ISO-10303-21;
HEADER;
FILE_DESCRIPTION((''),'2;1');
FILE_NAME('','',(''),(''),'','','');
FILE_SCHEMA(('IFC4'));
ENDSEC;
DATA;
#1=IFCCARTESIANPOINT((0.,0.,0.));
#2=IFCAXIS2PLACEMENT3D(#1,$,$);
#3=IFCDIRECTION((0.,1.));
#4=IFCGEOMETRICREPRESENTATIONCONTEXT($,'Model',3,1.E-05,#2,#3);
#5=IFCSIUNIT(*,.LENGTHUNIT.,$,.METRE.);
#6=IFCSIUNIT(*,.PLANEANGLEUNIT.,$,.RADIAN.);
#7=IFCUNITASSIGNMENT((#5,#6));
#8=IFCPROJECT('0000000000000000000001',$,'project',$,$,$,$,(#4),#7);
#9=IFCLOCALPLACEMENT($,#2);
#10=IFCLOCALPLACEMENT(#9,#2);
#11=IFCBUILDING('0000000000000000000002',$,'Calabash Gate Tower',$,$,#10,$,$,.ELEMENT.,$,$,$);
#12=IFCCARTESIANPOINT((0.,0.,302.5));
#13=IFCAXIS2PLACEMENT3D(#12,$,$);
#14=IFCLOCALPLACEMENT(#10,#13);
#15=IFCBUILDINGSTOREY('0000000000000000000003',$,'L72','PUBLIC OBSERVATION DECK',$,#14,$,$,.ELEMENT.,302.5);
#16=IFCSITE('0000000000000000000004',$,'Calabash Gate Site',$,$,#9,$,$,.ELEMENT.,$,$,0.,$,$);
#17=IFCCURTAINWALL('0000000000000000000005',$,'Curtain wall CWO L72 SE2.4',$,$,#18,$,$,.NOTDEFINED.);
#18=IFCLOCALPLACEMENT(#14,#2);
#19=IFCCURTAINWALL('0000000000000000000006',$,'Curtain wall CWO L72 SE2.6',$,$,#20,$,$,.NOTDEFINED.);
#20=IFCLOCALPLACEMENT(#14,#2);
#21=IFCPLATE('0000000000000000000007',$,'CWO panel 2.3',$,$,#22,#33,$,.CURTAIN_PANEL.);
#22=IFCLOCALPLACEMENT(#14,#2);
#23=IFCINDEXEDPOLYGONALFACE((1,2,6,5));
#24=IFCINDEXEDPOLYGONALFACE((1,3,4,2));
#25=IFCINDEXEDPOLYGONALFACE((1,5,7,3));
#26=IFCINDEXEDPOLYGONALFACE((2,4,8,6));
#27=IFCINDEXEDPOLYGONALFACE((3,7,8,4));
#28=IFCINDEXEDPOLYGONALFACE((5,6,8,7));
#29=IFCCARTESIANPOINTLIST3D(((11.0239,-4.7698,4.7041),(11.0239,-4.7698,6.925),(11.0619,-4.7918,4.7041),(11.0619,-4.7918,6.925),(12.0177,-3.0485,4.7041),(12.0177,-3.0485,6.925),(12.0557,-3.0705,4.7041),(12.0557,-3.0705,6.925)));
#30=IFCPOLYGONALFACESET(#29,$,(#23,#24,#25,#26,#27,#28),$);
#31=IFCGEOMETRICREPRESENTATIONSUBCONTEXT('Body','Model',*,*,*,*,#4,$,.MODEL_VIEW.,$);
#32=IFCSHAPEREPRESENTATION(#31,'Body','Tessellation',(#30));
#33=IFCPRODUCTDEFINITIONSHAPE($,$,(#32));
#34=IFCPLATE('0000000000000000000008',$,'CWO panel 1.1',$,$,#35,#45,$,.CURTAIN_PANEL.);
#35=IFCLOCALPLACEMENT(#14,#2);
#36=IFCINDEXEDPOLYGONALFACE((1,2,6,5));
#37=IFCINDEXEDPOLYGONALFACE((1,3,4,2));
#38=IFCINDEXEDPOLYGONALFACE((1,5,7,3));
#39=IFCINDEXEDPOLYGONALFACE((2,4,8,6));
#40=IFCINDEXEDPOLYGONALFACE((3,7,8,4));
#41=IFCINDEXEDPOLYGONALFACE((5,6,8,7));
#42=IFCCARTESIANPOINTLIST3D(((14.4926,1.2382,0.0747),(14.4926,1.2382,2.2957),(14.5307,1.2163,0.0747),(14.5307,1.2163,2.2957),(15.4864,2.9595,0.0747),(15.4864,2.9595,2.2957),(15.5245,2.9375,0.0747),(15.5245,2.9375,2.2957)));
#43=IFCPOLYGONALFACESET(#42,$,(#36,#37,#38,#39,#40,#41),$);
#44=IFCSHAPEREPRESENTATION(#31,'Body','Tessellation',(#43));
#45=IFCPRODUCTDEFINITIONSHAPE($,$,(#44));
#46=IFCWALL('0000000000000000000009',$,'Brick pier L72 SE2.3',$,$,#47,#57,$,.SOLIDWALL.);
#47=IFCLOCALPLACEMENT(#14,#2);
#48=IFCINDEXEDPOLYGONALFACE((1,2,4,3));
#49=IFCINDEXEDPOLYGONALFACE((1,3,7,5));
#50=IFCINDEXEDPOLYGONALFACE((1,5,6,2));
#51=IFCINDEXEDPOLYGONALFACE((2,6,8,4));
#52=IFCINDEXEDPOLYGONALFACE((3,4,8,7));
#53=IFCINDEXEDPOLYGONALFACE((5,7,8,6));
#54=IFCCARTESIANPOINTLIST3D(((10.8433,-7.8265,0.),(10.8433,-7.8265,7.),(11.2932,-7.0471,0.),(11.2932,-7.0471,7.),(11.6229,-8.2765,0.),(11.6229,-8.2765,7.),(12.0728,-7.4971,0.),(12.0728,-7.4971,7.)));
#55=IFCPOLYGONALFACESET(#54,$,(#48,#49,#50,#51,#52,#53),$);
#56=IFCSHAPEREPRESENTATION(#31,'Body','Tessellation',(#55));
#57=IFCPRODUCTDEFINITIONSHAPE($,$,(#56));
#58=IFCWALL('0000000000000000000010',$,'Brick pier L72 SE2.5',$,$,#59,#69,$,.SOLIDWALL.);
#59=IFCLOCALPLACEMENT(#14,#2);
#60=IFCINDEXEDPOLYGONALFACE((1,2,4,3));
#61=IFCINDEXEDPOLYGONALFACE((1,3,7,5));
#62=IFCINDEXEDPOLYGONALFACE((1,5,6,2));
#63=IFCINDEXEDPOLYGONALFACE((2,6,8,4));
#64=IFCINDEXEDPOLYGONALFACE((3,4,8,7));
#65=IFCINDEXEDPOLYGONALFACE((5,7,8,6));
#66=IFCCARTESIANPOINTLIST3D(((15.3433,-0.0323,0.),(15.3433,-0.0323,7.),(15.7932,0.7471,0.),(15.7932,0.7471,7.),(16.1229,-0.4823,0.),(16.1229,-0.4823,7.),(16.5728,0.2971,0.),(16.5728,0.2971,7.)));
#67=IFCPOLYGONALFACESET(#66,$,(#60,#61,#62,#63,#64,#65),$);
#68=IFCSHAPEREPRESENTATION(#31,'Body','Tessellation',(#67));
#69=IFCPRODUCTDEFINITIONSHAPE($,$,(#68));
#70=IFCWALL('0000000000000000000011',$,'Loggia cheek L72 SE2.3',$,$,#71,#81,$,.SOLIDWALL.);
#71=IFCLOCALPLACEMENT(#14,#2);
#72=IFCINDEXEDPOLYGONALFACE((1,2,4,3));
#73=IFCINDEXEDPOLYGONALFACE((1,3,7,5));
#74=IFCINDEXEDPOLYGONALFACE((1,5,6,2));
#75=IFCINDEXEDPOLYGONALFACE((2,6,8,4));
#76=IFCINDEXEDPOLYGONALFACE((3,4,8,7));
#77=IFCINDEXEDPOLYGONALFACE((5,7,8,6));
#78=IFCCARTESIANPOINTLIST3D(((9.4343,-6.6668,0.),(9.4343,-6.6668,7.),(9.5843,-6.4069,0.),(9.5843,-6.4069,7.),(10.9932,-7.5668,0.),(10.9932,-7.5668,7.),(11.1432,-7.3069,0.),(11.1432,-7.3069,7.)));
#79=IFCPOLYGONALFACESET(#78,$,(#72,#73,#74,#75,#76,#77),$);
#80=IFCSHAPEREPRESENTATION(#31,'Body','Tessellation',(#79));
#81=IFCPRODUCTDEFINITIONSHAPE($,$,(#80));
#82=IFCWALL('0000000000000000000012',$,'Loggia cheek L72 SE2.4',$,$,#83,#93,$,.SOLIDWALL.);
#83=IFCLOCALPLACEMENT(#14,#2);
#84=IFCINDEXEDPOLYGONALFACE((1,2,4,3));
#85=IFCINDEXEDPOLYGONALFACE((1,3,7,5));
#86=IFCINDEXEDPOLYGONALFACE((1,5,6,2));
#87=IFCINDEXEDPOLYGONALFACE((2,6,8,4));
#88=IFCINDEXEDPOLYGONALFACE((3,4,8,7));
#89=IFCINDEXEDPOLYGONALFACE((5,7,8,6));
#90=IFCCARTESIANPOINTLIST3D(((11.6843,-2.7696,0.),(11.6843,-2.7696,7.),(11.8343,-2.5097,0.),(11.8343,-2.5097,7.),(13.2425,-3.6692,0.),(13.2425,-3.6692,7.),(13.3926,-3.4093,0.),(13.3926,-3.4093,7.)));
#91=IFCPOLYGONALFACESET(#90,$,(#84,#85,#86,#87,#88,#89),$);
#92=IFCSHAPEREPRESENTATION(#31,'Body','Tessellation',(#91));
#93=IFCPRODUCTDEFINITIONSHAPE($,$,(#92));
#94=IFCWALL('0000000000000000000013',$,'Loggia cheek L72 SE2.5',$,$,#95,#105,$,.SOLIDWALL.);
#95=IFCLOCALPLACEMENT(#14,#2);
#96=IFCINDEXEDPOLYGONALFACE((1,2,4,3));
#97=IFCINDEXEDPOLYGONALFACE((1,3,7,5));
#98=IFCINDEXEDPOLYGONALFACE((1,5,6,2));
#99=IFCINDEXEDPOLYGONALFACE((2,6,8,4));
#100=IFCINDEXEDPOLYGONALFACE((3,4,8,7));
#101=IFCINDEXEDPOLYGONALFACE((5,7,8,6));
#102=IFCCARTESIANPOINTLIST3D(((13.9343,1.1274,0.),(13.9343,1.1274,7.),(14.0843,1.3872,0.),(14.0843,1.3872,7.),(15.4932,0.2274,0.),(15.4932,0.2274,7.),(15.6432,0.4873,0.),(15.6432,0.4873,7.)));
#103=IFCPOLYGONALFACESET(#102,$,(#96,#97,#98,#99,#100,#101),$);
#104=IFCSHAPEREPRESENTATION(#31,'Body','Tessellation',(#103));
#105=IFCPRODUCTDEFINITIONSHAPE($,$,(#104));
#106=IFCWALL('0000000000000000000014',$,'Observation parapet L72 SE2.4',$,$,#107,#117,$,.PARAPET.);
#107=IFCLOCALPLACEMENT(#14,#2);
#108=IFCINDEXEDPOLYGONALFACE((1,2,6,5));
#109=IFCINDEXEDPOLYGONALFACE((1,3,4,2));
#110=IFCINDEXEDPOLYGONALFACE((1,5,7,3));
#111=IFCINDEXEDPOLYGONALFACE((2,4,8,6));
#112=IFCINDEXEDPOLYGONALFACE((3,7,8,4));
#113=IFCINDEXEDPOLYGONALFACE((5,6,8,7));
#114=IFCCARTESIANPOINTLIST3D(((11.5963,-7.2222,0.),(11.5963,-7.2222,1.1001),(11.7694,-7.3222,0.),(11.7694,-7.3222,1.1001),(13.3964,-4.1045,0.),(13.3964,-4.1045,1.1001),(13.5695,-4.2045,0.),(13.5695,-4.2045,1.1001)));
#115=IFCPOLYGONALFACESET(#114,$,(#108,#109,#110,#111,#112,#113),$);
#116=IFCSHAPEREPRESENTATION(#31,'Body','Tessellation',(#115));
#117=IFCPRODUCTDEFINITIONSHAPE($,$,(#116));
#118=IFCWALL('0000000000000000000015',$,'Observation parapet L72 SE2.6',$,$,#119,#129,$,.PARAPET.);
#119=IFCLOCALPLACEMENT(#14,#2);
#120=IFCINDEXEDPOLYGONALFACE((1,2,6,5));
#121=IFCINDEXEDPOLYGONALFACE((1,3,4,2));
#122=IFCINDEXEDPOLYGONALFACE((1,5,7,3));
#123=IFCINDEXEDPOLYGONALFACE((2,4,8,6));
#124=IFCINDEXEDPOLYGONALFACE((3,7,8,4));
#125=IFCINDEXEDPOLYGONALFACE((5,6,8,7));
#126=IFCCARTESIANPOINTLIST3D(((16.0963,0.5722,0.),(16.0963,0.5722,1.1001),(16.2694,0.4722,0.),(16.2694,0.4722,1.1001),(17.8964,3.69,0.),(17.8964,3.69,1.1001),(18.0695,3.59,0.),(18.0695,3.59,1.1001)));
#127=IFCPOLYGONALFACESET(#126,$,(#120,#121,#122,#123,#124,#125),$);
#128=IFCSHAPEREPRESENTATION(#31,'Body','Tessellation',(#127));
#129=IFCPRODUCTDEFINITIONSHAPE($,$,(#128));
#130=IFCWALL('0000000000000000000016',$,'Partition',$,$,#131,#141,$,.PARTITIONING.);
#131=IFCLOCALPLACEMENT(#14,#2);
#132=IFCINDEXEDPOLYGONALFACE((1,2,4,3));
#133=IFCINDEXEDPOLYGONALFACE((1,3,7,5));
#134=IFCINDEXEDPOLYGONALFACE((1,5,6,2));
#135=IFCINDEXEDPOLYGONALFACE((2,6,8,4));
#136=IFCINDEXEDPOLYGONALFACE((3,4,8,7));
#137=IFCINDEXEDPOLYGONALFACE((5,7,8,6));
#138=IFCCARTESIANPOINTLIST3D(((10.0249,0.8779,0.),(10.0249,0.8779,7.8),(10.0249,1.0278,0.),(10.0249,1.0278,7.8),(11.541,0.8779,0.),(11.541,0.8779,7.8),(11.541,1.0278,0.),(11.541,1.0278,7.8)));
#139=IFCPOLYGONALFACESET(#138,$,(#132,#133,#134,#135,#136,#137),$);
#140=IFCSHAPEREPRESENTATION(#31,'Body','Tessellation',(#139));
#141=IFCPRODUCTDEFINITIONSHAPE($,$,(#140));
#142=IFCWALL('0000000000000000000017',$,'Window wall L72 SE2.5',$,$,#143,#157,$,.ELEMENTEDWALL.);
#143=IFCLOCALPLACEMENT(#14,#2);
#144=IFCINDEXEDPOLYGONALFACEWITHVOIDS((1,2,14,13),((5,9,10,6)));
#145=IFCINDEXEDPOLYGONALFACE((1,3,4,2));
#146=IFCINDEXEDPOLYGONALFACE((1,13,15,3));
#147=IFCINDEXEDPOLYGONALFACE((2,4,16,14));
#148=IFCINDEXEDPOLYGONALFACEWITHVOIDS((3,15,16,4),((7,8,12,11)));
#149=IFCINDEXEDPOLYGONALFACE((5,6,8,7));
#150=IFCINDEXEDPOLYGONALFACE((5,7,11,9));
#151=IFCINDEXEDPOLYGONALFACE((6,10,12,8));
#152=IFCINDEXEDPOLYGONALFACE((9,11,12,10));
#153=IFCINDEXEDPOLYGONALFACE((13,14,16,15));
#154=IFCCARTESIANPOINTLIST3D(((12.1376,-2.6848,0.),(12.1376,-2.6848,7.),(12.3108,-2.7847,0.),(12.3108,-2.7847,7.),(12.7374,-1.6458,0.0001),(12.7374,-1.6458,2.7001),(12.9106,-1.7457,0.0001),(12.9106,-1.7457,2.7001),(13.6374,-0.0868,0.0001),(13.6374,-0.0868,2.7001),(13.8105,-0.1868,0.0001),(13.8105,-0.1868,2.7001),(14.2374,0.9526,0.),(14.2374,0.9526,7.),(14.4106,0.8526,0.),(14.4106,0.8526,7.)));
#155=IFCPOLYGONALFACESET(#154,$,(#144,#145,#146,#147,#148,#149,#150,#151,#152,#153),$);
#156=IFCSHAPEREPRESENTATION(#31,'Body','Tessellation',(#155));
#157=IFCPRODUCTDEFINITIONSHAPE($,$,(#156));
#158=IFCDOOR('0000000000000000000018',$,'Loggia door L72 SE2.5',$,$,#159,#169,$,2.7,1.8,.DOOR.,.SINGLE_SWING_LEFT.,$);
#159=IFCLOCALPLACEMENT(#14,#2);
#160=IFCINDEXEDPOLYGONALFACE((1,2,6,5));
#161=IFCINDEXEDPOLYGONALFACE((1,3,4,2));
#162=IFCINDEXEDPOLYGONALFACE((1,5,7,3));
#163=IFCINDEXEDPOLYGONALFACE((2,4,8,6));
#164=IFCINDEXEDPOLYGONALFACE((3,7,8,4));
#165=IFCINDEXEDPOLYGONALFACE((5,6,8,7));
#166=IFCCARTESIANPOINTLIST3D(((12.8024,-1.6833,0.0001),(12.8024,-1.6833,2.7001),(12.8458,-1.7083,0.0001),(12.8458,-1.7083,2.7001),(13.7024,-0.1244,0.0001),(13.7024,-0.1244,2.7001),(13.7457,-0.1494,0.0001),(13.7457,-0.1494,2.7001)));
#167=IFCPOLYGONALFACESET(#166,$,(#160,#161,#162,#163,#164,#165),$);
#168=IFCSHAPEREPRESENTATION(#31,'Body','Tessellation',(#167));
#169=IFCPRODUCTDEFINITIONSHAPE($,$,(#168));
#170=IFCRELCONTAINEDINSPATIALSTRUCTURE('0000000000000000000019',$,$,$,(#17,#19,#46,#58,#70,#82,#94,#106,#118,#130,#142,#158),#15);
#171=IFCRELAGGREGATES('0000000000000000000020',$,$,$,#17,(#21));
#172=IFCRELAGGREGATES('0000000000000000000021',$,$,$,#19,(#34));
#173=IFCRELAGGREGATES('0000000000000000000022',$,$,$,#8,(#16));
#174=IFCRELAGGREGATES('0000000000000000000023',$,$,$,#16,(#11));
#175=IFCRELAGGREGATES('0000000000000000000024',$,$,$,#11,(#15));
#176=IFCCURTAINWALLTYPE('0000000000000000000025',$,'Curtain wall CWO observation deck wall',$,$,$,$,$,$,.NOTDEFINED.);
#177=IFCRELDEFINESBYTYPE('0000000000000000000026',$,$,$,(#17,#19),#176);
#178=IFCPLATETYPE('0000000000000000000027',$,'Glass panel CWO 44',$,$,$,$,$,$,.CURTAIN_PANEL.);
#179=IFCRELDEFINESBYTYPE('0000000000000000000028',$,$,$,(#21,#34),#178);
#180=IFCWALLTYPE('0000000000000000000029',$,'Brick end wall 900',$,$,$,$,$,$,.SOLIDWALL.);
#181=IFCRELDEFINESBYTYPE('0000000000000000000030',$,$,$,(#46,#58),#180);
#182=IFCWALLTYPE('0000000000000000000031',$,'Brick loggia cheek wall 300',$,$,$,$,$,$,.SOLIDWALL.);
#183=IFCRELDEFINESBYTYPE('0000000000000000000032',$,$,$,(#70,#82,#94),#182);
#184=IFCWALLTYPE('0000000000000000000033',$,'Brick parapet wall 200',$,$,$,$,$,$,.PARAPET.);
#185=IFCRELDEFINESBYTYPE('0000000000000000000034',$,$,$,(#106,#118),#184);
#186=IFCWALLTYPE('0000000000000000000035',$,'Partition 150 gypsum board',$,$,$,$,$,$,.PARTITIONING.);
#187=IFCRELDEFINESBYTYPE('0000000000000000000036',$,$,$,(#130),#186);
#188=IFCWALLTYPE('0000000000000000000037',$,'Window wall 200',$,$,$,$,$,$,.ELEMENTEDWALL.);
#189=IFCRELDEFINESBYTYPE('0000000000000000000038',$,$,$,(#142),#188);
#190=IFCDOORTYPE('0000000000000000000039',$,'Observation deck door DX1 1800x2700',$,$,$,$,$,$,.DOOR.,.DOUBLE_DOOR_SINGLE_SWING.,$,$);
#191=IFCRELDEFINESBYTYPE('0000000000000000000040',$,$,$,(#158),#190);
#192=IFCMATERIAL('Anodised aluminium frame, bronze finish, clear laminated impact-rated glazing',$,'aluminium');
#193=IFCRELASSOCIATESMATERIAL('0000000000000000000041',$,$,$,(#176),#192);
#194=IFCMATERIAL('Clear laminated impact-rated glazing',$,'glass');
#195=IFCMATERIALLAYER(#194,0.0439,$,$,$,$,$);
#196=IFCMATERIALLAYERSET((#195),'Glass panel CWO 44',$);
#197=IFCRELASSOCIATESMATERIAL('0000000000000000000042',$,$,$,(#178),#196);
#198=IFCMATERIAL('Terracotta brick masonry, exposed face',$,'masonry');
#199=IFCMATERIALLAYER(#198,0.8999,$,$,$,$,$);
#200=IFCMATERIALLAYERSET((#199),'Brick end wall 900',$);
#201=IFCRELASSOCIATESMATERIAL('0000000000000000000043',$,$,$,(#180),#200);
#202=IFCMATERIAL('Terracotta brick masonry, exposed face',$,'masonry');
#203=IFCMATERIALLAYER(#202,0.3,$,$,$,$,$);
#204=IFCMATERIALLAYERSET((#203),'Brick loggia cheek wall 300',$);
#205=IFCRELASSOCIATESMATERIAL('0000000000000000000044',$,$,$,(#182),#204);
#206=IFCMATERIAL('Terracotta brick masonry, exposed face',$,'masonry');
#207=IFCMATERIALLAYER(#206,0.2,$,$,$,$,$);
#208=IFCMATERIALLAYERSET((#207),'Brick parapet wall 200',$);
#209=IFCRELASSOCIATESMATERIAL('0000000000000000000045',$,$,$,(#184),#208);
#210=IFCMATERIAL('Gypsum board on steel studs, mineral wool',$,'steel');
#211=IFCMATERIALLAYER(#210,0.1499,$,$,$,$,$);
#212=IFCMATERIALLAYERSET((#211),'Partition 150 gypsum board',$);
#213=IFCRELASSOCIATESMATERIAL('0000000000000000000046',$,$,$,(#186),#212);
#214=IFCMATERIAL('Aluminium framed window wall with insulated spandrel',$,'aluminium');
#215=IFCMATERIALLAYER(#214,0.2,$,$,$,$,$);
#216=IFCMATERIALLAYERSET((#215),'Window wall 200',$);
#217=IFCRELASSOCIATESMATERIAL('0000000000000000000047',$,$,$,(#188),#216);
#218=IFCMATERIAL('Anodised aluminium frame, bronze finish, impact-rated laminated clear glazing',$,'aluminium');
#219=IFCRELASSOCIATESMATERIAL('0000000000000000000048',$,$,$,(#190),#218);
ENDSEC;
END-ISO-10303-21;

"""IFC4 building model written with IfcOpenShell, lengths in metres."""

from ifc_helpers import new_model, si_unit, direction, frame, frame_2d, origin, origin_2d, place, context, subcontext, project, spatial, rectangle, extrude, material, layer, layer_set, type_object, element, fill, aggregate, save


model = new_model("IFC4")

# Units and contexts
model_context = context("Model", 3, precision=1e-05, world=origin(), true_north=direction((0.0, 1.0)))
body_context = subcontext(model_context, "Body", "Model", "MODEL_VIEW")
ifc_project = project(units=[si_unit("LENGTHUNIT", "METRE"), si_unit("PLANEANGLEUNIT", "RADIAN")], contexts=[model_context])

# Site, building, storey
site_placement = place(None, origin())
site = spatial("IfcSite", under=ifc_project, at=site_placement, Name="Calabash Gate Site", CompositionType="ELEMENT", RefElevation=0.0)
building_placement = place(site_placement, origin())
building = spatial("IfcBuilding", under=site, at=building_placement, Name="Calabash Gate Tower", CompositionType="ELEMENT")
storey_placement = place(building_placement, frame((0.0, 0.0, 302.5)))
storey = spatial("IfcBuildingStorey", under=building, at=storey_placement, Name="L72", Description="PUBLIC OBSERVATION DECK", CompositionType="ELEMENT", Elevation=302.5)

# Shared definitions
ifc_material_1 = material(Name="Anodised aluminium frame, bronze finish, clear laminated impact-rated glazing", Category="aluminium")
curtain_wall_type = type_object("IfcCurtainWallType", Name="Curtain wall CWO observation deck wall", PredefinedType="NOTDEFINED", material=ifc_material_1)

# Curtain wall
curtain_wall_1_placement = place(storey_placement, origin())
curtain_wall_1 = element("IfcCurtainWall", 1, at=curtain_wall_1_placement, inside=storey, type_object=curtain_wall_type, Name="Curtain wall CWO L72 SE2.4", PredefinedType="NOTDEFINED")

# Curtain wall
curtain_wall_2_placement = place(storey_placement, origin())
curtain_wall_2 = element("IfcCurtainWall", 2, at=curtain_wall_2_placement, inside=storey, type_object=curtain_wall_type, Name="Curtain wall CWO L72 SE2.6", PredefinedType="NOTDEFINED")

# Plates
ifc_material_2 = material(Name="Clear laminated impact-rated glazing", Category="glass")
ifc_layer_1 = layer(ifc_material_2, 0.0439)
ifc_layer_set_1 = layer_set([ifc_layer_1], Name="Glass panel CWO 44")
plate_type = type_object("IfcPlateType", Name="Glass panel CWO 44", PredefinedType="CURTAIN_PANEL", material=ifc_layer_set_1)
plate_1_placement = place(storey_placement, frame((11.5398, -3.9202, 4.7041), z_axis=(0.0, 0.0, 1.0), x_axis=(0.5, 0.866025, 0.0)))
plate_1 = element("IfcPlate", 3, at=plate_1_placement, type_object=plate_type, Name="CWO panel 2.3", PredefinedType="CURTAIN_PANEL", context=body_context, shape_type="SweptSolid", body=[
    extrude(rectangle(XDim=1.9875, YDim=0.0439, at=origin_2d()), origin(), (0.0, 0.0, 1.0), 2.2209),
])
aggregate(curtain_wall_1, [plate_1])
plate_2_placement = place(storey_placement, frame((15.0085, 2.0879, 0.0747), z_axis=(0.0, 0.0, 1.0), x_axis=(0.5, 0.866025, 0.0)))
plate_2 = element("IfcPlate", 4, at=plate_2_placement, type_object=plate_type, Name="CWO panel 1.1", PredefinedType="CURTAIN_PANEL", context=body_context, shape_type="SweptSolid", body=[
    extrude(rectangle(XDim=1.9875, YDim=0.0439, at=origin_2d()), origin(), (0.0, 0.0, 1.0), 2.2209),
])
aggregate(curtain_wall_2, [plate_2])

# Walls
ifc_material_3 = material(Name="Terracotta brick masonry, exposed face", Category="masonry")
ifc_layer_2 = layer(ifc_material_3, 0.8999)
ifc_layer_set_2 = layer_set([ifc_layer_2], Name="Brick end wall 900")
wall_type_1 = type_object("IfcWallType", Name="Brick end wall 900", PredefinedType="SOLIDWALL", material=ifc_layer_set_2)
for number, where, z_axis, x_axis, name in (
    (5, (11.0681, -7.4368, 0.0), (0.0, 0.0, 1.0), (0.866082, -0.499902, 0.0), "Brick pier L72 SE2.3"),
    (6, (15.5681, 0.3574, 0.0), (0.0, 0.0, 1.0), (0.866082, -0.499902, 0.0), "Brick pier L72 SE2.5"),
):
    element("IfcWall", number, at=place(storey_placement, frame(where, z_axis=z_axis, x_axis=x_axis)), inside=storey, type_object=wall_type_1, Name=name, PredefinedType="SOLIDWALL", context=body_context, shape_type="SweptSolid", body=[
        extrude(rectangle(XDim=0.9001, YDim=0.8999, at=frame_2d((0.4502, 0.0))), origin(), (0.0, 0.0, 1.0), 7.0),
    ])
ifc_material_4 = material(Name="Terracotta brick masonry, exposed face", Category="masonry")
ifc_layer_3 = layer(ifc_material_4, 0.3)
ifc_layer_set_3 = layer_set([ifc_layer_3], Name="Brick loggia cheek wall 300")
wall_type_2 = type_object("IfcWallType", Name="Brick loggia cheek wall 300", PredefinedType="SOLIDWALL", material=ifc_layer_set_3)
wall_1_placement = place(storey_placement, frame((11.0681, -7.4368, 0.0), z_axis=(0.0, 0.0, 1.0), x_axis=(-0.866048, 0.499961, 0.0)))
element("IfcWall", 7, at=wall_1_placement, inside=storey, type_object=wall_type_2, Name="Loggia cheek L72 SE2.3", PredefinedType="SOLIDWALL", context=body_context, shape_type="SweptSolid", body=[
    extrude(rectangle(XDim=1.8, YDim=0.3, at=frame_2d((0.8999, 0.0))), origin(), (0.0, 0.0, 1.0), 7.0),
])
wall_2_placement = place(storey_placement, frame((11.7593, -2.6396, 0.0), z_axis=(0.0, 0.0, 1.0), x_axis=(0.866039, -0.499977, 0.0)))
element("IfcWall", 8, at=wall_2_placement, inside=storey, type_object=wall_type_2, Name="Loggia cheek L72 SE2.4", PredefinedType="SOLIDWALL", context=body_context, shape_type="SweptSolid", body=[
    extrude(rectangle(XDim=1.7993, YDim=0.3, at=frame_2d((0.8997, 0.0))), origin(), (0.0, 0.0, 1.0), 7.0),
])
wall_3_placement = place(storey_placement, frame((15.5681, 0.3574, 0.0), z_axis=(0.0, 0.0, 1.0), x_axis=(-0.866048, 0.499961, 0.0)))
element("IfcWall", 9, at=wall_3_placement, inside=storey, type_object=wall_type_2, Name="Loggia cheek L72 SE2.5", PredefinedType="SOLIDWALL", context=body_context, shape_type="SweptSolid", body=[
    extrude(rectangle(XDim=1.8, YDim=0.3, at=frame_2d((0.8999, 0.0))), origin(), (0.0, 0.0, 1.0), 7.0),
])
ifc_material_5 = material(Name="Terracotta brick masonry, exposed face", Category="masonry")
ifc_layer_4 = layer(ifc_material_5, 0.2)
ifc_layer_set_4 = layer_set([ifc_layer_4], Name="Brick parapet wall 200")
wall_type_3 = type_object("IfcWallType", Name="Brick parapet wall 200", PredefinedType="PARAPET", material=ifc_layer_set_4)
for number, where, z_axis, x_axis, name in (
    (10, (11.6829, -7.2722, 0.0), (0.0, 0.0, 1.0), (0.500012, 0.866018, 0.0), "Observation parapet L72 SE2.4"),
    (11, (16.1829, 0.5222, 0.0), (0.0, 0.0, 1.0), (0.500012, 0.866018, 0.0), "Observation parapet L72 SE2.6"),
):
    element("IfcWall", number, at=place(storey_placement, frame(where, z_axis=z_axis, x_axis=x_axis)), inside=storey, type_object=wall_type_3, Name=name, PredefinedType="PARAPET", context=body_context, shape_type="SweptSolid", body=[
        extrude(rectangle(XDim=3.6001, YDim=0.2, at=frame_2d((1.8, 0.0))), origin(), (0.0, 0.0, 1.0), 1.1001),
    ])
ifc_material_6 = material(Name="Gypsum board on steel studs, mineral wool", Category="steel")
ifc_layer_5 = layer(ifc_material_6, 0.1499)
ifc_layer_set_5 = layer_set([ifc_layer_5], Name="Partition 150 gypsum board")
wall_type_4 = type_object("IfcWallType", Name="Partition 150 gypsum board", PredefinedType="PARTITIONING", material=ifc_layer_set_5)
wall_4_placement = place(storey_placement, frame((10.0249, 0.9529, 0.0), z_axis=(0.0, 0.0, 1.0), x_axis=(1.0, 0.0, 0.0)))
element("IfcWall", 12, at=wall_4_placement, inside=storey, type_object=wall_type_4, Name="Partition", PredefinedType="PARTITIONING", context=body_context, shape_type="SweptSolid", body=[
    extrude(rectangle(XDim=1.5161, YDim=0.1499, at=frame_2d((0.7581, 0.0))), origin(), (0.0, 0.0, 1.0), 7.8),
])

# Wall, opening, door
ifc_material_7 = material(Name="Aluminium framed window wall with insulated spandrel", Category="aluminium")
ifc_layer_6 = layer(ifc_material_7, 0.2)
ifc_layer_set_6 = layer_set([ifc_layer_6], Name="Window wall 200")
wall_type_5 = type_object("IfcWallType", Name="Window wall 200", PredefinedType="ELEMENTEDWALL", material=ifc_layer_set_6)
wall_5_placement = place(storey_placement, frame((12.2241, -2.7349, 0.0), z_axis=(0.0, 0.0, 1.0), x_axis=(0.499959, 0.866049, 0.0)))
wall_5 = element("IfcWall", 13, at=wall_5_placement, inside=storey, type_object=wall_type_5, Name="Window wall L72 SE2.5", PredefinedType="ELEMENTEDWALL", context=body_context, shape_type="SweptSolid", body=[
    extrude(rectangle(XDim=4.2, YDim=0.2, at=frame_2d((2.1001, 0.0))), origin(), (0.0, 0.0, 1.0), 7.0),
])
opening_placement = place(wall_5_placement, frame((1.2, 0.0, 0.0)))
opening = element("IfcOpeningElement", 14, at=opening_placement, cuts=wall_5, PredefinedType="OPENING", context=body_context, shape_type="SweptSolid", body=[
    extrude(rectangle(XDim=1.8, YDim=2.7, at=frame_2d((0.8999, 1.3501))), frame((0.0, 0.1099, 0.0), z_axis=(0.0, -1.0, 0.0), x_axis=(1.0, 0.0, 0.0)), (0.0, 0.0, 1.0), 0.22),
])
ifc_material_8 = material(Name="Anodised aluminium frame, bronze finish, impact-rated laminated clear glazing", Category="aluminium")
door_type = type_object("IfcDoorType", Name="Observation deck door DX1 1800x2700", OperationType="DOUBLE_DOOR_SINGLE_SWING", PredefinedType="DOOR", material=ifc_material_8)
door_placement = place(opening_placement, origin())
door = element("IfcDoor", 15, at=door_placement, inside=storey, type_object=door_type, Name="Loggia door L72 SE2.5", OperationType="SINGLE_SWING_LEFT", OverallHeight=2.7, OverallWidth=1.8, PredefinedType="DOOR", context=body_context, shape_type="SweptSolid", body=[
    extrude(rectangle(XDim=1.8, YDim=2.7, at=frame_2d((0.8999, 1.3501))), frame((0.0, 0.0249, 0.0), z_axis=(0.0, -1.0, 0.0), x_axis=(1.0, 0.0, 0.0)), (0.0, 0.0, 1.0), 0.05),
])
fill(opening, door)

save(model, "model.ifc")
